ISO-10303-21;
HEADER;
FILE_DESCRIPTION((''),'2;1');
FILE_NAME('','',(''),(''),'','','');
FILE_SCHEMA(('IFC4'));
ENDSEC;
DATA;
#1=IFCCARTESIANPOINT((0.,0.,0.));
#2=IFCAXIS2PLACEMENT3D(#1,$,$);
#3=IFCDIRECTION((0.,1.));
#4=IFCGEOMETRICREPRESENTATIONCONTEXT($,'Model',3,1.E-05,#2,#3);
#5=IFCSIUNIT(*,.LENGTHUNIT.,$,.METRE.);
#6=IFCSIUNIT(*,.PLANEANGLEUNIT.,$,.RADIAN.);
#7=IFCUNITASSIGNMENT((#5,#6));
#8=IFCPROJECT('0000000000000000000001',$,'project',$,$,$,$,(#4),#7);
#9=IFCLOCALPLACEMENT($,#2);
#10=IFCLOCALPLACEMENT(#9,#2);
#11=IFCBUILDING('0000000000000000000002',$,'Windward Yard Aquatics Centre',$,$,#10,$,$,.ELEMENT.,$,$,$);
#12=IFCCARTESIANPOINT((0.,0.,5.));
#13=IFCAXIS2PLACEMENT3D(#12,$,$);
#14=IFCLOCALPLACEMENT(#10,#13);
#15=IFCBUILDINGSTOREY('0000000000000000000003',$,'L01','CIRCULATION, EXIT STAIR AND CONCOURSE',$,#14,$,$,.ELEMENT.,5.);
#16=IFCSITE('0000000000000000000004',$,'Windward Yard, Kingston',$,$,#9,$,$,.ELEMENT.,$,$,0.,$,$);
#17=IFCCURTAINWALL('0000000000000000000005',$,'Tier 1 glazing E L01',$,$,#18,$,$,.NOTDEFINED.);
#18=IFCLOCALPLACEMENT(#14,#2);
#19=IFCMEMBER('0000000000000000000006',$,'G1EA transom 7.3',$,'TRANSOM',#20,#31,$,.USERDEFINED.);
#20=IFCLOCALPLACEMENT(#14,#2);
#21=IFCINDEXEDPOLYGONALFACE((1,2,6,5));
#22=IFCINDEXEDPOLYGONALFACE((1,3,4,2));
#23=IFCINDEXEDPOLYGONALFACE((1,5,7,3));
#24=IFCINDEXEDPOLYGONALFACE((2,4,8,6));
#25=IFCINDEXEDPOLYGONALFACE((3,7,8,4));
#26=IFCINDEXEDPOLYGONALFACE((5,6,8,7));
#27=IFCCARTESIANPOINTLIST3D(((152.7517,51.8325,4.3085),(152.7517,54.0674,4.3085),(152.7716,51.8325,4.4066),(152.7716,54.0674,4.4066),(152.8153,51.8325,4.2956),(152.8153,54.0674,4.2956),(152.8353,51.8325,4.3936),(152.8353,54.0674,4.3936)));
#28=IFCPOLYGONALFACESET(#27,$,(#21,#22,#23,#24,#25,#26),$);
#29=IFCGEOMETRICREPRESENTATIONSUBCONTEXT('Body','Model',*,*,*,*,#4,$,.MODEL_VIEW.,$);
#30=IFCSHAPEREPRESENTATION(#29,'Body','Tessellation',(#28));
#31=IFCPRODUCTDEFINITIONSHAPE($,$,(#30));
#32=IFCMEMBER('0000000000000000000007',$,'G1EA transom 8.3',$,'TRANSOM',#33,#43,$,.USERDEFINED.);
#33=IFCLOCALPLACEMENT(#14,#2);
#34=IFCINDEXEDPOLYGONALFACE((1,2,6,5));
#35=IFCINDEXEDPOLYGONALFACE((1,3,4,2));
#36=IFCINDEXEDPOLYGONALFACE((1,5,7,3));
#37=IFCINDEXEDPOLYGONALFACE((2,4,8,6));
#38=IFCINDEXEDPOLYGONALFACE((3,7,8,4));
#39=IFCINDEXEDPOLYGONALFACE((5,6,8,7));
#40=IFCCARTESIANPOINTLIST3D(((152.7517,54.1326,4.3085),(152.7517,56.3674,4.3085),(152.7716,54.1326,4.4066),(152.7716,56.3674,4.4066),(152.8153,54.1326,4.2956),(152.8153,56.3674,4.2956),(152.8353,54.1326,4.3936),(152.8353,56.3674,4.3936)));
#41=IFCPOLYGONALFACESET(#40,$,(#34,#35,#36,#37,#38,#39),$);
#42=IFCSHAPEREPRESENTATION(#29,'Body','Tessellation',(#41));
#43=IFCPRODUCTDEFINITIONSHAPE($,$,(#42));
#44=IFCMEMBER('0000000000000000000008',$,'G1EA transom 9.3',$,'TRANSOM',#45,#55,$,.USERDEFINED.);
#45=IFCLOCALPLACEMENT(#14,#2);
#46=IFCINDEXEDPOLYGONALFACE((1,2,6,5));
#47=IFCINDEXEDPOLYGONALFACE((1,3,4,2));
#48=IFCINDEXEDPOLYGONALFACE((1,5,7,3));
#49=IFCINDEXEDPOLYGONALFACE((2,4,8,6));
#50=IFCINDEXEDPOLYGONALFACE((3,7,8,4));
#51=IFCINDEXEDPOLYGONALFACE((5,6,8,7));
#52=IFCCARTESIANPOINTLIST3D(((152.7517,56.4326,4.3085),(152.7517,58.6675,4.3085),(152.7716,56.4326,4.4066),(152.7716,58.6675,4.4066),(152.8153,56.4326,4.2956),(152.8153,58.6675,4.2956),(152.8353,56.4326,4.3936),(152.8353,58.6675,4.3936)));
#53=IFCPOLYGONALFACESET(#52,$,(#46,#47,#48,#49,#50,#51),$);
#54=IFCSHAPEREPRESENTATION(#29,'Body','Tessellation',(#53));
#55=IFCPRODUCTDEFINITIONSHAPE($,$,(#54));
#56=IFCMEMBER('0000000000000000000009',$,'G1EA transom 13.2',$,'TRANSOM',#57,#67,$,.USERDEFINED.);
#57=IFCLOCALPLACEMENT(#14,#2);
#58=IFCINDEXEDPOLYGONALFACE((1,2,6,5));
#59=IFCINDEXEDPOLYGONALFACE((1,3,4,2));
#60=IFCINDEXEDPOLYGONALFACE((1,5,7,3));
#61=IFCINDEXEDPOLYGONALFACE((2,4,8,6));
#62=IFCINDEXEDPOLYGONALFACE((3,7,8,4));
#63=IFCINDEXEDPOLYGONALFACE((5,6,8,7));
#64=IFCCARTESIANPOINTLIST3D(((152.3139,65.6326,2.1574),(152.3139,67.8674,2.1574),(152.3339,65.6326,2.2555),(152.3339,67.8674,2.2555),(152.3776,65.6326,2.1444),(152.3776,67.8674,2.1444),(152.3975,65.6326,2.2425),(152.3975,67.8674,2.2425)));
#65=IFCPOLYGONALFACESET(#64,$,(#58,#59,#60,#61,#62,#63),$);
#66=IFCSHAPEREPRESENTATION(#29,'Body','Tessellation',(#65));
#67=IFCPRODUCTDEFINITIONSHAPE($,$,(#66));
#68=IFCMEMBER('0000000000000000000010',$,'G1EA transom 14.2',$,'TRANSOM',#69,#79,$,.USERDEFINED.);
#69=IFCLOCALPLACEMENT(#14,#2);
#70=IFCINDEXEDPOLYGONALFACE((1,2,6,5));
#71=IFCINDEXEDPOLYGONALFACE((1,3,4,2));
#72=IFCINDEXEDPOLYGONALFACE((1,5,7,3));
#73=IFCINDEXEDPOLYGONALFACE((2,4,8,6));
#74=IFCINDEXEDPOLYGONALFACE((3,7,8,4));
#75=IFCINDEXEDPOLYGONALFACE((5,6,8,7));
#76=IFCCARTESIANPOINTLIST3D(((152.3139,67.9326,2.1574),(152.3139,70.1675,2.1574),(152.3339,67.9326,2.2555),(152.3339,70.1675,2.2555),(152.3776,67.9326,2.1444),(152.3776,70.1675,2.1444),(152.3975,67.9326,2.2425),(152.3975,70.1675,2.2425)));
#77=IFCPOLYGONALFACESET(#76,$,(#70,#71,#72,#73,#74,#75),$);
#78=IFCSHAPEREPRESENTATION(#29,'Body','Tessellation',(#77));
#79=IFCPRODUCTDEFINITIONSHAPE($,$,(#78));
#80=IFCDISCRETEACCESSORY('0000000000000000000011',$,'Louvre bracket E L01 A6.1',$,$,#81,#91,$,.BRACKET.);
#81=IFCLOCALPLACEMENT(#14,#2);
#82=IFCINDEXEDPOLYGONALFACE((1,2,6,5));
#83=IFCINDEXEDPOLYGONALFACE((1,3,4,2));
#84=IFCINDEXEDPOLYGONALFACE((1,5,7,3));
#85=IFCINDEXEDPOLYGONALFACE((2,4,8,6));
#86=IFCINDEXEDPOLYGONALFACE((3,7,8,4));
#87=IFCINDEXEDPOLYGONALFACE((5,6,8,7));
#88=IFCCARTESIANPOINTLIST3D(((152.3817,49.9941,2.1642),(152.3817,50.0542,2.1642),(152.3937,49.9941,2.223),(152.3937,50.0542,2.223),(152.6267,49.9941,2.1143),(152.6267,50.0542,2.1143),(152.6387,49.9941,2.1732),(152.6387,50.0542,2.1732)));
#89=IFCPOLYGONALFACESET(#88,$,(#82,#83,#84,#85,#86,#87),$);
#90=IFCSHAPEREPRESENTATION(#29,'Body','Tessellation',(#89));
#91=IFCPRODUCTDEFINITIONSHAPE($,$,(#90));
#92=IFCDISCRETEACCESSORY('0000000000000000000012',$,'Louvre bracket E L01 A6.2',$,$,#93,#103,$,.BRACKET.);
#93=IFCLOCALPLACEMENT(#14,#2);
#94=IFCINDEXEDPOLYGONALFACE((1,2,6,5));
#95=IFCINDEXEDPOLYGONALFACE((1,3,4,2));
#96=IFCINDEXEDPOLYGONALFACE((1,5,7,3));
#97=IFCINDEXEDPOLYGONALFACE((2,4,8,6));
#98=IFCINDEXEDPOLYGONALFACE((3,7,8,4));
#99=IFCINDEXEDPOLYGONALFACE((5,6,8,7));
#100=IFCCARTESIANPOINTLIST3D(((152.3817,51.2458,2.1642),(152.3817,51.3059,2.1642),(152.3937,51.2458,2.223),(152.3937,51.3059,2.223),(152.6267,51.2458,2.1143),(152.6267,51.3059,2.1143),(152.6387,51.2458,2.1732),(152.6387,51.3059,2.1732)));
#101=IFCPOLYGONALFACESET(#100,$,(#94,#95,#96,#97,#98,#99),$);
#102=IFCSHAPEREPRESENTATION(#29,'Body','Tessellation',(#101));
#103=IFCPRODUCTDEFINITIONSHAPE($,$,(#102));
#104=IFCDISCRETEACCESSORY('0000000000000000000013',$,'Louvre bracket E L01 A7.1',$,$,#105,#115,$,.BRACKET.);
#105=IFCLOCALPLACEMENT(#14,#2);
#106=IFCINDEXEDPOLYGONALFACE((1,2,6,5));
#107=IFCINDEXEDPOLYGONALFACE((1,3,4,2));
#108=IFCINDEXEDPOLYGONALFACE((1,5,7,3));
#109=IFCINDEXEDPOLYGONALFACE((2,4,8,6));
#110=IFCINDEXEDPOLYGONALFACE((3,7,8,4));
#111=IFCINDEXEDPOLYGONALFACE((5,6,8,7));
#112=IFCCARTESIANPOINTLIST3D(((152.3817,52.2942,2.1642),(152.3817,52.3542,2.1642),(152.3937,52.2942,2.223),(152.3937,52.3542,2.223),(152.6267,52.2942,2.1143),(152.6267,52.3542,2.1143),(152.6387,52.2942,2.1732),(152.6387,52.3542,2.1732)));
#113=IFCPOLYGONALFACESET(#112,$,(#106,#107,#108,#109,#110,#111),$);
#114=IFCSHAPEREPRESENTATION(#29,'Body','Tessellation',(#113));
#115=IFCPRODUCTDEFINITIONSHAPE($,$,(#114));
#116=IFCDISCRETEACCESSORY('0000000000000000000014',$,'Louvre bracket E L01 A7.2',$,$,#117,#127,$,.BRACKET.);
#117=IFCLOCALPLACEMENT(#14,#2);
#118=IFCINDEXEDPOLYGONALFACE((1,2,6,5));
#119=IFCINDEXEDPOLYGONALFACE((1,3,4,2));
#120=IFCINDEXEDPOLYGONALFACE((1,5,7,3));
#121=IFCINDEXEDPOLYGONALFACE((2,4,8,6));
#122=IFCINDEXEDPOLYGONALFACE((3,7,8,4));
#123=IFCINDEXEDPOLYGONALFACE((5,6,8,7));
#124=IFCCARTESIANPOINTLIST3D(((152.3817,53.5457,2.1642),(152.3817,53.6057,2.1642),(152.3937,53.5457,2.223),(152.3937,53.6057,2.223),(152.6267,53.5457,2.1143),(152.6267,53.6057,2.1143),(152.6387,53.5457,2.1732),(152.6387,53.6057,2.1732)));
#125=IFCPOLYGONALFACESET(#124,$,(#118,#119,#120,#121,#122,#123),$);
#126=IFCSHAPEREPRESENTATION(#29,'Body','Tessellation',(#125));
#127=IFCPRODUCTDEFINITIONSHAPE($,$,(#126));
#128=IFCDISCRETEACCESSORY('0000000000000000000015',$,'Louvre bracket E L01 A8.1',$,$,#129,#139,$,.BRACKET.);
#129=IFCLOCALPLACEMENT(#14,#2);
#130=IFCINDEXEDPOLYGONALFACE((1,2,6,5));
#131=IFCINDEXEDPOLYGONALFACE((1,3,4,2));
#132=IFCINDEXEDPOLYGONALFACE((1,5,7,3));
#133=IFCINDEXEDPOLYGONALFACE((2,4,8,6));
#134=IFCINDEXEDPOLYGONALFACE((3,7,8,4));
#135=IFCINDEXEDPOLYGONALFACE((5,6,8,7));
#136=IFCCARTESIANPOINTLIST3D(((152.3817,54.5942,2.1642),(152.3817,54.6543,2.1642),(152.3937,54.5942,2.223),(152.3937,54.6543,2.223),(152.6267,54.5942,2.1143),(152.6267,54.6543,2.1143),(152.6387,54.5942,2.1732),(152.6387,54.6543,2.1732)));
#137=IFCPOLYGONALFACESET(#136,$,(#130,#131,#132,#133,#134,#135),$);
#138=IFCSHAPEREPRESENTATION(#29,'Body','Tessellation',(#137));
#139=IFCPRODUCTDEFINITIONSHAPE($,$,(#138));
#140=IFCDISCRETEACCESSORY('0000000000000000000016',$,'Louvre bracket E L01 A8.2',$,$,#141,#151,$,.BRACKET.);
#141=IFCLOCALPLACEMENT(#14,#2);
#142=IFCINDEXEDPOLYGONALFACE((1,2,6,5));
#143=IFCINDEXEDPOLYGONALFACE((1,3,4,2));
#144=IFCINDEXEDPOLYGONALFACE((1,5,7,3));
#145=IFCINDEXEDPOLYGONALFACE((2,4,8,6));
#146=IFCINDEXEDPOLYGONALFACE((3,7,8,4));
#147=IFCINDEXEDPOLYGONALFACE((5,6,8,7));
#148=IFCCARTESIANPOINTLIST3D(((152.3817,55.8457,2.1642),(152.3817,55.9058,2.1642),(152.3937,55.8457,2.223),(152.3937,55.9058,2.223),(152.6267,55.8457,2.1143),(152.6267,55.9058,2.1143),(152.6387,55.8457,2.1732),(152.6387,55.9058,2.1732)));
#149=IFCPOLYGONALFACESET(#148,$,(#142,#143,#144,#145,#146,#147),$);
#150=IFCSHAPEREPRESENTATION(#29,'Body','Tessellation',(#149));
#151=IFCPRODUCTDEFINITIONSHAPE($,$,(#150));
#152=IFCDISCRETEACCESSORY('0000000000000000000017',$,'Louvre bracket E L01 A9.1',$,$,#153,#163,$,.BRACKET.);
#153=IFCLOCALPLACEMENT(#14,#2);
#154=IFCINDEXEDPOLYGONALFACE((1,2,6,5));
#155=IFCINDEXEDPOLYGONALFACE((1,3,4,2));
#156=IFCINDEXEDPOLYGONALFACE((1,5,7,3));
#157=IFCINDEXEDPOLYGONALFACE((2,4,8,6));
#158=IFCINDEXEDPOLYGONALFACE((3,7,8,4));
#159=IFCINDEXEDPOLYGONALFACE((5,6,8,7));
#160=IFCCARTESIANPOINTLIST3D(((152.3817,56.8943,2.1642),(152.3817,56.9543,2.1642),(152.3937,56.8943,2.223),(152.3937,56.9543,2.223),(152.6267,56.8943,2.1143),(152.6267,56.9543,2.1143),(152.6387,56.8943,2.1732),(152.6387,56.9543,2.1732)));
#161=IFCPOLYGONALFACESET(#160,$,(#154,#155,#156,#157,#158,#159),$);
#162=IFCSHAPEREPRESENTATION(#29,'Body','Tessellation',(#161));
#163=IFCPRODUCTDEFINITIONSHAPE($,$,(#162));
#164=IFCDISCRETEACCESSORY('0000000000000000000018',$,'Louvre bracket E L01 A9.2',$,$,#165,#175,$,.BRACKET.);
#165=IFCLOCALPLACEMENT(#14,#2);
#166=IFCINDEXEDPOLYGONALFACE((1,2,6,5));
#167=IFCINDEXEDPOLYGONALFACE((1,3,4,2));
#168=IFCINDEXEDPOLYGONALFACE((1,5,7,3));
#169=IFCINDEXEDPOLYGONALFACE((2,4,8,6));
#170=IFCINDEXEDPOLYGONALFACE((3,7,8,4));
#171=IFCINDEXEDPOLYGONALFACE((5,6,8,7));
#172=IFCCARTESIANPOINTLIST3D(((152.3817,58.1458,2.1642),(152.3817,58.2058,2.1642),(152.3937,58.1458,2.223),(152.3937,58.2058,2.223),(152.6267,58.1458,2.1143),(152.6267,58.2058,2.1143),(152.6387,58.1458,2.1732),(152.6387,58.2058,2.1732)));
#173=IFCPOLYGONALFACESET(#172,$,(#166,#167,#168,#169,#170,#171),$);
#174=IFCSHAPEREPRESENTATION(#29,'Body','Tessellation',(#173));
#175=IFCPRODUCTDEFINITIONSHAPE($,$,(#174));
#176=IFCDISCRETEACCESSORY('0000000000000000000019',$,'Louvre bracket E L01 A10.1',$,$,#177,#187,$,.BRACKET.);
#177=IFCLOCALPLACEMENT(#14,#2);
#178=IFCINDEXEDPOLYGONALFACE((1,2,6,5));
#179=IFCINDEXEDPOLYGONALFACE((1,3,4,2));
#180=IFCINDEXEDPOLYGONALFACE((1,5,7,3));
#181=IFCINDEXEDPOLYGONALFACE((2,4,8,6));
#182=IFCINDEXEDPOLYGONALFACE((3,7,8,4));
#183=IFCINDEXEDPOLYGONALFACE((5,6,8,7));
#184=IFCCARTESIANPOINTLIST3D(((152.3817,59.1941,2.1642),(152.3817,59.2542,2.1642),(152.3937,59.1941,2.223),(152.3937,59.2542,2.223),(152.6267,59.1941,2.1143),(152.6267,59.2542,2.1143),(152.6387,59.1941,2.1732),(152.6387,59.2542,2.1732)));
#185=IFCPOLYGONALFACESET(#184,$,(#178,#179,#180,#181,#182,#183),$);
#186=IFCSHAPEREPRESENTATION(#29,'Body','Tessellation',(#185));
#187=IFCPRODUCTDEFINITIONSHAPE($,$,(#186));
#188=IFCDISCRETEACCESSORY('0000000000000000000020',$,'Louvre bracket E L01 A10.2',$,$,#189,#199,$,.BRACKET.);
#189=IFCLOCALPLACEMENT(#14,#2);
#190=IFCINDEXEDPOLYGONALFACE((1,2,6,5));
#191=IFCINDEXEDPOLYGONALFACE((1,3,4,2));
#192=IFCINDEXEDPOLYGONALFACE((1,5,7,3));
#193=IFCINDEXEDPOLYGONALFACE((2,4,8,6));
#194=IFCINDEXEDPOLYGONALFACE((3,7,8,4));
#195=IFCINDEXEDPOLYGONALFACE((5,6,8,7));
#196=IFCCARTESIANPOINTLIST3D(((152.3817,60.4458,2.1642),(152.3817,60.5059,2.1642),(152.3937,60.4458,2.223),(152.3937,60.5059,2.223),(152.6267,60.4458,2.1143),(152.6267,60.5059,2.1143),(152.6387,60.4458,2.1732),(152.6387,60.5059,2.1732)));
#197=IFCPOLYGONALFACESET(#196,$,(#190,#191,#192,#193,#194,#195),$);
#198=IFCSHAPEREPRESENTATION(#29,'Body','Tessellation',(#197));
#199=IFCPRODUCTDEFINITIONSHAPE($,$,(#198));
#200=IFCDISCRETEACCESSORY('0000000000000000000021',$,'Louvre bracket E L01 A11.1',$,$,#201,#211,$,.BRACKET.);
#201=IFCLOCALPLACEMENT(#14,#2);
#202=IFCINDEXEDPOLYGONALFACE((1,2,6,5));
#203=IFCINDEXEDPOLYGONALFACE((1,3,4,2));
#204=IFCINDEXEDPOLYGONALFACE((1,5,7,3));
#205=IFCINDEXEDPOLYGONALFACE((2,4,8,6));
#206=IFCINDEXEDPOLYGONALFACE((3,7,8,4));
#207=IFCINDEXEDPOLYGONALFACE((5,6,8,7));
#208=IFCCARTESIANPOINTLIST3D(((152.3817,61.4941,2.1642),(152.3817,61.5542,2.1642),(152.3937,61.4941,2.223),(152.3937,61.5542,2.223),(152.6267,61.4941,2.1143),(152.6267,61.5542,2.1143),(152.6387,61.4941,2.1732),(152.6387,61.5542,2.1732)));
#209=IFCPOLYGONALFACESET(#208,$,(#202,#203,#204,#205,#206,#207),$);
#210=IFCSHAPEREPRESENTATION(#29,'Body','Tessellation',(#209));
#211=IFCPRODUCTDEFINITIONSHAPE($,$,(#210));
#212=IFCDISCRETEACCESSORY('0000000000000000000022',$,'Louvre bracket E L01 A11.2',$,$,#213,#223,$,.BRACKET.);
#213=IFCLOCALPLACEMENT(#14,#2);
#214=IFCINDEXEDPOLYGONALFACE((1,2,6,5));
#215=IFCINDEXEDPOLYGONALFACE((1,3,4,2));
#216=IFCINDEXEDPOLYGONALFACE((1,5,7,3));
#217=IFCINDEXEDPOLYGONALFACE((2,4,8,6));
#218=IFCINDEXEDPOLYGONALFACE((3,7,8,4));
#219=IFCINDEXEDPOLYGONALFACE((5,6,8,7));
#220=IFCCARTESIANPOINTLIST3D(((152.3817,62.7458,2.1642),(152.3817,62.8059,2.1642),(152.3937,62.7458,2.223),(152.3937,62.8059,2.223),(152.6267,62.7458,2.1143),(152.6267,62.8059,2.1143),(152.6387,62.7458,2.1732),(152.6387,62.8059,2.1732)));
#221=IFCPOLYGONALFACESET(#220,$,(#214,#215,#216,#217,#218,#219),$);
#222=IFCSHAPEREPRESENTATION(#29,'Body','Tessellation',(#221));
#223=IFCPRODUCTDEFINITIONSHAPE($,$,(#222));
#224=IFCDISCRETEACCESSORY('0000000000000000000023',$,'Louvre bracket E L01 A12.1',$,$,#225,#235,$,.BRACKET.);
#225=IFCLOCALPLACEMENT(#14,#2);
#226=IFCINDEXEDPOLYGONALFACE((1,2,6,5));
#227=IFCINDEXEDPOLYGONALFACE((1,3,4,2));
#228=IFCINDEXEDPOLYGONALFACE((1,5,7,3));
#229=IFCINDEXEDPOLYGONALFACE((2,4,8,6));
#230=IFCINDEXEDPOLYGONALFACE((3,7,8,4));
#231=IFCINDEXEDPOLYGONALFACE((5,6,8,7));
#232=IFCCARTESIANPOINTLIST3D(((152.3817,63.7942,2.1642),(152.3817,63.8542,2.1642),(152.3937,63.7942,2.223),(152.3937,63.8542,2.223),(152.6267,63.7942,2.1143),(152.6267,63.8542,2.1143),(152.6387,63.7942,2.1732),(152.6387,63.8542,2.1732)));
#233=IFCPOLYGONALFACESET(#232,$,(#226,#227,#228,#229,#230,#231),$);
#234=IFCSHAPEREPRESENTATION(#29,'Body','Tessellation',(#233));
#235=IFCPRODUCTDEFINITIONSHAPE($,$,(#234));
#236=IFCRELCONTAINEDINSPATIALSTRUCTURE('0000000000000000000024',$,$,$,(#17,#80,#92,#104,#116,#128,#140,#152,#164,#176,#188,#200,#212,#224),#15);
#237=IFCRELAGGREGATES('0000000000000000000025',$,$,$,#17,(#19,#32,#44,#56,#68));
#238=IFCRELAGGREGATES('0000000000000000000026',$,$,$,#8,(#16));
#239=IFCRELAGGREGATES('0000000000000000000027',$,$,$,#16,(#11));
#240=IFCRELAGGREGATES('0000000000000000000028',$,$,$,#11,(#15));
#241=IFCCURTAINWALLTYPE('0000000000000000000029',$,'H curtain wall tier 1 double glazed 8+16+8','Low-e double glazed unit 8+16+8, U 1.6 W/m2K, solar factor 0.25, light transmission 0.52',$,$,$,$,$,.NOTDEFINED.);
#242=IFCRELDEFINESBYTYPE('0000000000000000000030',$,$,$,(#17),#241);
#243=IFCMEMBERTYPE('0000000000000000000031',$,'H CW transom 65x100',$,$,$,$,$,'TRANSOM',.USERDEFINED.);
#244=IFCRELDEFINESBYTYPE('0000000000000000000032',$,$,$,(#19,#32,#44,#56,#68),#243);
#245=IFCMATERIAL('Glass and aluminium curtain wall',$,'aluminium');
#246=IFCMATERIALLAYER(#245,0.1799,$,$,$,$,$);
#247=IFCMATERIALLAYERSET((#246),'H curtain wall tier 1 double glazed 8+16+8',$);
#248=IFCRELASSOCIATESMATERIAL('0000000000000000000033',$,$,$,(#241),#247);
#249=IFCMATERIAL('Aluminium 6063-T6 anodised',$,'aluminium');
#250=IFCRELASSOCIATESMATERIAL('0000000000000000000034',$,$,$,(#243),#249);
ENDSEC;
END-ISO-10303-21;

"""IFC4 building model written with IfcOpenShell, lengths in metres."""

from ifc_helpers import new_model, si_unit, direction, frame, origin, origin_2d, place, context, subcontext, project, spatial, rectangle, extrude, material, layer, layer_set, material_profile, profile_set, type_object, element, aggregate, save


model = new_model("IFC4")

# Units and contexts
model_context = context("Model", 3, precision=1e-05, world=origin(), true_north=direction((0.0, 1.0)))
body_context = subcontext(model_context, "Body", "Model", "MODEL_VIEW")
ifc_project = project(units=[si_unit("LENGTHUNIT", "METRE"), si_unit("PLANEANGLEUNIT", "RADIAN")], contexts=[model_context])

# Site, building, storey
site_placement = place(None, origin())
site = spatial("IfcSite", under=ifc_project, at=site_placement, Name="Windward Yard, Kingston", CompositionType="ELEMENT", RefElevation=0.0)
building_placement = place(site_placement, origin())
building = spatial("IfcBuilding", under=site, at=building_placement, Name="Windward Yard Aquatics Centre", CompositionType="ELEMENT")
storey_placement = place(building_placement, frame((0.0, 0.0, 5.0)))
storey = spatial("IfcBuildingStorey", under=building, at=storey_placement, Name="L01", Description="CIRCULATION, EXIT STAIR AND CONCOURSE", CompositionType="ELEMENT", Elevation=5.0)

# Curtain wall, members
ifc_material_1 = material(Name="Glass and aluminium curtain wall", Category="aluminium")
ifc_layer = layer(ifc_material_1, 0.1799)
ifc_layer_set = layer_set([ifc_layer], Name="H curtain wall tier 1 double glazed 8+16+8")
curtain_wall_type = type_object("IfcCurtainWallType", Name="H curtain wall tier 1 double glazed 8+16+8", Description="Low-e double glazed unit 8+16+8, U 1.6 W/m2K, solar factor 0.25, light transmission 0.52", PredefinedType="NOTDEFINED", material=ifc_layer_set)
curtain_wall_placement = place(storey_placement, origin())
curtain_wall = element("IfcCurtainWall", 1, at=curtain_wall_placement, inside=storey, type_object=curtain_wall_type, Name="Tier 1 glazing E L01", PredefinedType="NOTDEFINED")
ifc_material_2 = material(Name="Aluminium 6063-T6 anodised", Category="aluminium")
ifc_material_profile = material_profile(ifc_material_2, rectangle(XDim=0.0649, YDim=0.1001, at=origin_2d()), Name="H CW transom 65x100")
ifc_profile_set = profile_set([ifc_material_profile], Name="Aluminium 6063-T6 anodised")
member_type = type_object("IfcMemberType", Name="H CW transom 65x100", ElementType="TRANSOM", PredefinedType="USERDEFINED", material=ifc_profile_set)
member_1_placement = place(storey_placement, frame((152.7935, 51.8325, 4.3511), z_axis=(0.0, 1.0, 0.0), x_axis=(-0.979925, 0.0, 0.199368)))
member_1 = element("IfcMember", 2, at=member_1_placement, type_object=member_type, Name="G1EA transom 7.3", ObjectType="TRANSOM", PredefinedType="USERDEFINED", context=body_context, shape_type="SweptSolid", body=[
    extrude(rectangle(XDim=0.0649, YDim=0.1001, at=origin_2d()), origin(), (0.0, 0.0, 1.0), 2.2349),
])
member_2_placement = place(storey_placement, frame((152.7935, 54.1326, 4.3511), z_axis=(0.0, 1.0, 0.0), x_axis=(-0.979925, 0.0, 0.199368)))
member_2 = element("IfcMember", 3, at=member_2_placement, type_object=member_type, Name="G1EA transom 8.3", ObjectType="TRANSOM", PredefinedType="USERDEFINED", context=body_context, shape_type="SweptSolid", body=[
    extrude(rectangle(XDim=0.0649, YDim=0.1001, at=origin_2d()), origin(), (0.0, 0.0, 1.0), 2.2349),
])
member_3_placement = place(storey_placement, frame((152.7935, 56.4326, 4.3511), z_axis=(0.0, 1.0, 0.0), x_axis=(-0.979925, 0.0, 0.199368)))
member_3 = element("IfcMember", 4, at=member_3_placement, type_object=member_type, Name="G1EA transom 9.3", ObjectType="TRANSOM", PredefinedType="USERDEFINED", context=body_context, shape_type="SweptSolid", body=[
    extrude(rectangle(XDim=0.0649, YDim=0.1001, at=origin_2d()), origin(), (0.0, 0.0, 1.0), 2.2349),
])
member_4_placement = place(storey_placement, frame((152.3557, 65.6326, 2.2), z_axis=(0.0, 1.0, 0.0), x_axis=(-0.979925, 0.0, 0.199368)))
member_4 = element("IfcMember", 5, at=member_4_placement, type_object=member_type, Name="G1EA transom 13.2", ObjectType="TRANSOM", PredefinedType="USERDEFINED", context=body_context, shape_type="SweptSolid", body=[
    extrude(rectangle(XDim=0.0649, YDim=0.1001, at=origin_2d()), origin(), (0.0, 0.0, 1.0), 2.2349),
])
member_5_placement = place(storey_placement, frame((152.3557, 67.9326, 2.2), z_axis=(0.0, 1.0, 0.0), x_axis=(-0.979925, 0.0, 0.199368)))
member_5 = element("IfcMember", 6, at=member_5_placement, type_object=member_type, Name="G1EA transom 14.2", ObjectType="TRANSOM", PredefinedType="USERDEFINED", context=body_context, shape_type="SweptSolid", body=[
    extrude(rectangle(XDim=0.0649, YDim=0.1001, at=origin_2d()), origin(), (0.0, 0.0, 1.0), 2.2349),
])
aggregate(curtain_wall, [member_1, member_2, member_3, member_4, member_5])

# Discrete accessories
for number, where, z_axis, x_axis, name in (
    (7, (152.3877, 50.0242, 2.1936), (0.979937, 0.0, -0.199309), (0.0, 1.0, 0.0), "Louvre bracket E L01 A6.1"),
    (8, (152.3877, 51.2759, 2.1936), (0.979937, 0.0, -0.199309), (0.0, 1.0, 0.0), "Louvre bracket E L01 A6.2"),
    (9, (152.3877, 52.3242, 2.1936), (0.979937, 0.0, -0.199309), (0.0, 1.0, 0.0), "Louvre bracket E L01 A7.1"),
    (10, (152.3877, 53.5757, 2.1936), (0.979937, 0.0, -0.199309), (0.0, 1.0, 0.0), "Louvre bracket E L01 A7.2"),
    (11, (152.3877, 54.6243, 2.1936), (0.979937, 0.0, -0.199309), (0.0, 1.0, 0.0), "Louvre bracket E L01 A8.1"),
    (12, (152.3877, 55.8757, 2.1936), (0.979937, 0.0, -0.199309), (0.0, 1.0, 0.0), "Louvre bracket E L01 A8.2"),
    (13, (152.3877, 56.9243, 2.1936), (0.979937, 0.0, -0.199309), (0.0, 1.0, 0.0), "Louvre bracket E L01 A9.1"),
    (14, (152.3877, 58.1758, 2.1936), (0.979937, 0.0, -0.199309), (0.0, 1.0, 0.0), "Louvre bracket E L01 A9.2"),
    (15, (152.3877, 59.2241, 2.1936), (0.979937, 0.0, -0.199309), (0.0, 1.0, 0.0), "Louvre bracket E L01 A10.1"),
    (16, (152.3877, 60.4758, 2.1936), (0.979937, 0.0, -0.199309), (0.0, 1.0, 0.0), "Louvre bracket E L01 A10.2"),
    (17, (152.3877, 61.5242, 2.1936), (0.979937, 0.0, -0.199309), (0.0, 1.0, 0.0), "Louvre bracket E L01 A11.1"),
    (18, (152.3877, 62.7759, 2.1936), (0.979937, 0.0, -0.199309), (0.0, 1.0, 0.0), "Louvre bracket E L01 A11.2"),
    (19, (152.3877, 63.8242, 2.1936), (0.979937, 0.0, -0.199309), (0.0, 1.0, 0.0), "Louvre bracket E L01 A12.1"),
):
    element("IfcDiscreteAccessory", number, at=place(storey_placement, frame(where, z_axis=z_axis, x_axis=x_axis)), inside=storey, Name=name, PredefinedType="BRACKET", context=body_context, shape_type="SweptSolid", body=[
        extrude(rectangle(XDim=0.0601, YDim=0.0601, at=origin_2d()), origin(), (0.0, 0.0, 1.0), 0.25),
    ])

save(model, "model.ifc")
